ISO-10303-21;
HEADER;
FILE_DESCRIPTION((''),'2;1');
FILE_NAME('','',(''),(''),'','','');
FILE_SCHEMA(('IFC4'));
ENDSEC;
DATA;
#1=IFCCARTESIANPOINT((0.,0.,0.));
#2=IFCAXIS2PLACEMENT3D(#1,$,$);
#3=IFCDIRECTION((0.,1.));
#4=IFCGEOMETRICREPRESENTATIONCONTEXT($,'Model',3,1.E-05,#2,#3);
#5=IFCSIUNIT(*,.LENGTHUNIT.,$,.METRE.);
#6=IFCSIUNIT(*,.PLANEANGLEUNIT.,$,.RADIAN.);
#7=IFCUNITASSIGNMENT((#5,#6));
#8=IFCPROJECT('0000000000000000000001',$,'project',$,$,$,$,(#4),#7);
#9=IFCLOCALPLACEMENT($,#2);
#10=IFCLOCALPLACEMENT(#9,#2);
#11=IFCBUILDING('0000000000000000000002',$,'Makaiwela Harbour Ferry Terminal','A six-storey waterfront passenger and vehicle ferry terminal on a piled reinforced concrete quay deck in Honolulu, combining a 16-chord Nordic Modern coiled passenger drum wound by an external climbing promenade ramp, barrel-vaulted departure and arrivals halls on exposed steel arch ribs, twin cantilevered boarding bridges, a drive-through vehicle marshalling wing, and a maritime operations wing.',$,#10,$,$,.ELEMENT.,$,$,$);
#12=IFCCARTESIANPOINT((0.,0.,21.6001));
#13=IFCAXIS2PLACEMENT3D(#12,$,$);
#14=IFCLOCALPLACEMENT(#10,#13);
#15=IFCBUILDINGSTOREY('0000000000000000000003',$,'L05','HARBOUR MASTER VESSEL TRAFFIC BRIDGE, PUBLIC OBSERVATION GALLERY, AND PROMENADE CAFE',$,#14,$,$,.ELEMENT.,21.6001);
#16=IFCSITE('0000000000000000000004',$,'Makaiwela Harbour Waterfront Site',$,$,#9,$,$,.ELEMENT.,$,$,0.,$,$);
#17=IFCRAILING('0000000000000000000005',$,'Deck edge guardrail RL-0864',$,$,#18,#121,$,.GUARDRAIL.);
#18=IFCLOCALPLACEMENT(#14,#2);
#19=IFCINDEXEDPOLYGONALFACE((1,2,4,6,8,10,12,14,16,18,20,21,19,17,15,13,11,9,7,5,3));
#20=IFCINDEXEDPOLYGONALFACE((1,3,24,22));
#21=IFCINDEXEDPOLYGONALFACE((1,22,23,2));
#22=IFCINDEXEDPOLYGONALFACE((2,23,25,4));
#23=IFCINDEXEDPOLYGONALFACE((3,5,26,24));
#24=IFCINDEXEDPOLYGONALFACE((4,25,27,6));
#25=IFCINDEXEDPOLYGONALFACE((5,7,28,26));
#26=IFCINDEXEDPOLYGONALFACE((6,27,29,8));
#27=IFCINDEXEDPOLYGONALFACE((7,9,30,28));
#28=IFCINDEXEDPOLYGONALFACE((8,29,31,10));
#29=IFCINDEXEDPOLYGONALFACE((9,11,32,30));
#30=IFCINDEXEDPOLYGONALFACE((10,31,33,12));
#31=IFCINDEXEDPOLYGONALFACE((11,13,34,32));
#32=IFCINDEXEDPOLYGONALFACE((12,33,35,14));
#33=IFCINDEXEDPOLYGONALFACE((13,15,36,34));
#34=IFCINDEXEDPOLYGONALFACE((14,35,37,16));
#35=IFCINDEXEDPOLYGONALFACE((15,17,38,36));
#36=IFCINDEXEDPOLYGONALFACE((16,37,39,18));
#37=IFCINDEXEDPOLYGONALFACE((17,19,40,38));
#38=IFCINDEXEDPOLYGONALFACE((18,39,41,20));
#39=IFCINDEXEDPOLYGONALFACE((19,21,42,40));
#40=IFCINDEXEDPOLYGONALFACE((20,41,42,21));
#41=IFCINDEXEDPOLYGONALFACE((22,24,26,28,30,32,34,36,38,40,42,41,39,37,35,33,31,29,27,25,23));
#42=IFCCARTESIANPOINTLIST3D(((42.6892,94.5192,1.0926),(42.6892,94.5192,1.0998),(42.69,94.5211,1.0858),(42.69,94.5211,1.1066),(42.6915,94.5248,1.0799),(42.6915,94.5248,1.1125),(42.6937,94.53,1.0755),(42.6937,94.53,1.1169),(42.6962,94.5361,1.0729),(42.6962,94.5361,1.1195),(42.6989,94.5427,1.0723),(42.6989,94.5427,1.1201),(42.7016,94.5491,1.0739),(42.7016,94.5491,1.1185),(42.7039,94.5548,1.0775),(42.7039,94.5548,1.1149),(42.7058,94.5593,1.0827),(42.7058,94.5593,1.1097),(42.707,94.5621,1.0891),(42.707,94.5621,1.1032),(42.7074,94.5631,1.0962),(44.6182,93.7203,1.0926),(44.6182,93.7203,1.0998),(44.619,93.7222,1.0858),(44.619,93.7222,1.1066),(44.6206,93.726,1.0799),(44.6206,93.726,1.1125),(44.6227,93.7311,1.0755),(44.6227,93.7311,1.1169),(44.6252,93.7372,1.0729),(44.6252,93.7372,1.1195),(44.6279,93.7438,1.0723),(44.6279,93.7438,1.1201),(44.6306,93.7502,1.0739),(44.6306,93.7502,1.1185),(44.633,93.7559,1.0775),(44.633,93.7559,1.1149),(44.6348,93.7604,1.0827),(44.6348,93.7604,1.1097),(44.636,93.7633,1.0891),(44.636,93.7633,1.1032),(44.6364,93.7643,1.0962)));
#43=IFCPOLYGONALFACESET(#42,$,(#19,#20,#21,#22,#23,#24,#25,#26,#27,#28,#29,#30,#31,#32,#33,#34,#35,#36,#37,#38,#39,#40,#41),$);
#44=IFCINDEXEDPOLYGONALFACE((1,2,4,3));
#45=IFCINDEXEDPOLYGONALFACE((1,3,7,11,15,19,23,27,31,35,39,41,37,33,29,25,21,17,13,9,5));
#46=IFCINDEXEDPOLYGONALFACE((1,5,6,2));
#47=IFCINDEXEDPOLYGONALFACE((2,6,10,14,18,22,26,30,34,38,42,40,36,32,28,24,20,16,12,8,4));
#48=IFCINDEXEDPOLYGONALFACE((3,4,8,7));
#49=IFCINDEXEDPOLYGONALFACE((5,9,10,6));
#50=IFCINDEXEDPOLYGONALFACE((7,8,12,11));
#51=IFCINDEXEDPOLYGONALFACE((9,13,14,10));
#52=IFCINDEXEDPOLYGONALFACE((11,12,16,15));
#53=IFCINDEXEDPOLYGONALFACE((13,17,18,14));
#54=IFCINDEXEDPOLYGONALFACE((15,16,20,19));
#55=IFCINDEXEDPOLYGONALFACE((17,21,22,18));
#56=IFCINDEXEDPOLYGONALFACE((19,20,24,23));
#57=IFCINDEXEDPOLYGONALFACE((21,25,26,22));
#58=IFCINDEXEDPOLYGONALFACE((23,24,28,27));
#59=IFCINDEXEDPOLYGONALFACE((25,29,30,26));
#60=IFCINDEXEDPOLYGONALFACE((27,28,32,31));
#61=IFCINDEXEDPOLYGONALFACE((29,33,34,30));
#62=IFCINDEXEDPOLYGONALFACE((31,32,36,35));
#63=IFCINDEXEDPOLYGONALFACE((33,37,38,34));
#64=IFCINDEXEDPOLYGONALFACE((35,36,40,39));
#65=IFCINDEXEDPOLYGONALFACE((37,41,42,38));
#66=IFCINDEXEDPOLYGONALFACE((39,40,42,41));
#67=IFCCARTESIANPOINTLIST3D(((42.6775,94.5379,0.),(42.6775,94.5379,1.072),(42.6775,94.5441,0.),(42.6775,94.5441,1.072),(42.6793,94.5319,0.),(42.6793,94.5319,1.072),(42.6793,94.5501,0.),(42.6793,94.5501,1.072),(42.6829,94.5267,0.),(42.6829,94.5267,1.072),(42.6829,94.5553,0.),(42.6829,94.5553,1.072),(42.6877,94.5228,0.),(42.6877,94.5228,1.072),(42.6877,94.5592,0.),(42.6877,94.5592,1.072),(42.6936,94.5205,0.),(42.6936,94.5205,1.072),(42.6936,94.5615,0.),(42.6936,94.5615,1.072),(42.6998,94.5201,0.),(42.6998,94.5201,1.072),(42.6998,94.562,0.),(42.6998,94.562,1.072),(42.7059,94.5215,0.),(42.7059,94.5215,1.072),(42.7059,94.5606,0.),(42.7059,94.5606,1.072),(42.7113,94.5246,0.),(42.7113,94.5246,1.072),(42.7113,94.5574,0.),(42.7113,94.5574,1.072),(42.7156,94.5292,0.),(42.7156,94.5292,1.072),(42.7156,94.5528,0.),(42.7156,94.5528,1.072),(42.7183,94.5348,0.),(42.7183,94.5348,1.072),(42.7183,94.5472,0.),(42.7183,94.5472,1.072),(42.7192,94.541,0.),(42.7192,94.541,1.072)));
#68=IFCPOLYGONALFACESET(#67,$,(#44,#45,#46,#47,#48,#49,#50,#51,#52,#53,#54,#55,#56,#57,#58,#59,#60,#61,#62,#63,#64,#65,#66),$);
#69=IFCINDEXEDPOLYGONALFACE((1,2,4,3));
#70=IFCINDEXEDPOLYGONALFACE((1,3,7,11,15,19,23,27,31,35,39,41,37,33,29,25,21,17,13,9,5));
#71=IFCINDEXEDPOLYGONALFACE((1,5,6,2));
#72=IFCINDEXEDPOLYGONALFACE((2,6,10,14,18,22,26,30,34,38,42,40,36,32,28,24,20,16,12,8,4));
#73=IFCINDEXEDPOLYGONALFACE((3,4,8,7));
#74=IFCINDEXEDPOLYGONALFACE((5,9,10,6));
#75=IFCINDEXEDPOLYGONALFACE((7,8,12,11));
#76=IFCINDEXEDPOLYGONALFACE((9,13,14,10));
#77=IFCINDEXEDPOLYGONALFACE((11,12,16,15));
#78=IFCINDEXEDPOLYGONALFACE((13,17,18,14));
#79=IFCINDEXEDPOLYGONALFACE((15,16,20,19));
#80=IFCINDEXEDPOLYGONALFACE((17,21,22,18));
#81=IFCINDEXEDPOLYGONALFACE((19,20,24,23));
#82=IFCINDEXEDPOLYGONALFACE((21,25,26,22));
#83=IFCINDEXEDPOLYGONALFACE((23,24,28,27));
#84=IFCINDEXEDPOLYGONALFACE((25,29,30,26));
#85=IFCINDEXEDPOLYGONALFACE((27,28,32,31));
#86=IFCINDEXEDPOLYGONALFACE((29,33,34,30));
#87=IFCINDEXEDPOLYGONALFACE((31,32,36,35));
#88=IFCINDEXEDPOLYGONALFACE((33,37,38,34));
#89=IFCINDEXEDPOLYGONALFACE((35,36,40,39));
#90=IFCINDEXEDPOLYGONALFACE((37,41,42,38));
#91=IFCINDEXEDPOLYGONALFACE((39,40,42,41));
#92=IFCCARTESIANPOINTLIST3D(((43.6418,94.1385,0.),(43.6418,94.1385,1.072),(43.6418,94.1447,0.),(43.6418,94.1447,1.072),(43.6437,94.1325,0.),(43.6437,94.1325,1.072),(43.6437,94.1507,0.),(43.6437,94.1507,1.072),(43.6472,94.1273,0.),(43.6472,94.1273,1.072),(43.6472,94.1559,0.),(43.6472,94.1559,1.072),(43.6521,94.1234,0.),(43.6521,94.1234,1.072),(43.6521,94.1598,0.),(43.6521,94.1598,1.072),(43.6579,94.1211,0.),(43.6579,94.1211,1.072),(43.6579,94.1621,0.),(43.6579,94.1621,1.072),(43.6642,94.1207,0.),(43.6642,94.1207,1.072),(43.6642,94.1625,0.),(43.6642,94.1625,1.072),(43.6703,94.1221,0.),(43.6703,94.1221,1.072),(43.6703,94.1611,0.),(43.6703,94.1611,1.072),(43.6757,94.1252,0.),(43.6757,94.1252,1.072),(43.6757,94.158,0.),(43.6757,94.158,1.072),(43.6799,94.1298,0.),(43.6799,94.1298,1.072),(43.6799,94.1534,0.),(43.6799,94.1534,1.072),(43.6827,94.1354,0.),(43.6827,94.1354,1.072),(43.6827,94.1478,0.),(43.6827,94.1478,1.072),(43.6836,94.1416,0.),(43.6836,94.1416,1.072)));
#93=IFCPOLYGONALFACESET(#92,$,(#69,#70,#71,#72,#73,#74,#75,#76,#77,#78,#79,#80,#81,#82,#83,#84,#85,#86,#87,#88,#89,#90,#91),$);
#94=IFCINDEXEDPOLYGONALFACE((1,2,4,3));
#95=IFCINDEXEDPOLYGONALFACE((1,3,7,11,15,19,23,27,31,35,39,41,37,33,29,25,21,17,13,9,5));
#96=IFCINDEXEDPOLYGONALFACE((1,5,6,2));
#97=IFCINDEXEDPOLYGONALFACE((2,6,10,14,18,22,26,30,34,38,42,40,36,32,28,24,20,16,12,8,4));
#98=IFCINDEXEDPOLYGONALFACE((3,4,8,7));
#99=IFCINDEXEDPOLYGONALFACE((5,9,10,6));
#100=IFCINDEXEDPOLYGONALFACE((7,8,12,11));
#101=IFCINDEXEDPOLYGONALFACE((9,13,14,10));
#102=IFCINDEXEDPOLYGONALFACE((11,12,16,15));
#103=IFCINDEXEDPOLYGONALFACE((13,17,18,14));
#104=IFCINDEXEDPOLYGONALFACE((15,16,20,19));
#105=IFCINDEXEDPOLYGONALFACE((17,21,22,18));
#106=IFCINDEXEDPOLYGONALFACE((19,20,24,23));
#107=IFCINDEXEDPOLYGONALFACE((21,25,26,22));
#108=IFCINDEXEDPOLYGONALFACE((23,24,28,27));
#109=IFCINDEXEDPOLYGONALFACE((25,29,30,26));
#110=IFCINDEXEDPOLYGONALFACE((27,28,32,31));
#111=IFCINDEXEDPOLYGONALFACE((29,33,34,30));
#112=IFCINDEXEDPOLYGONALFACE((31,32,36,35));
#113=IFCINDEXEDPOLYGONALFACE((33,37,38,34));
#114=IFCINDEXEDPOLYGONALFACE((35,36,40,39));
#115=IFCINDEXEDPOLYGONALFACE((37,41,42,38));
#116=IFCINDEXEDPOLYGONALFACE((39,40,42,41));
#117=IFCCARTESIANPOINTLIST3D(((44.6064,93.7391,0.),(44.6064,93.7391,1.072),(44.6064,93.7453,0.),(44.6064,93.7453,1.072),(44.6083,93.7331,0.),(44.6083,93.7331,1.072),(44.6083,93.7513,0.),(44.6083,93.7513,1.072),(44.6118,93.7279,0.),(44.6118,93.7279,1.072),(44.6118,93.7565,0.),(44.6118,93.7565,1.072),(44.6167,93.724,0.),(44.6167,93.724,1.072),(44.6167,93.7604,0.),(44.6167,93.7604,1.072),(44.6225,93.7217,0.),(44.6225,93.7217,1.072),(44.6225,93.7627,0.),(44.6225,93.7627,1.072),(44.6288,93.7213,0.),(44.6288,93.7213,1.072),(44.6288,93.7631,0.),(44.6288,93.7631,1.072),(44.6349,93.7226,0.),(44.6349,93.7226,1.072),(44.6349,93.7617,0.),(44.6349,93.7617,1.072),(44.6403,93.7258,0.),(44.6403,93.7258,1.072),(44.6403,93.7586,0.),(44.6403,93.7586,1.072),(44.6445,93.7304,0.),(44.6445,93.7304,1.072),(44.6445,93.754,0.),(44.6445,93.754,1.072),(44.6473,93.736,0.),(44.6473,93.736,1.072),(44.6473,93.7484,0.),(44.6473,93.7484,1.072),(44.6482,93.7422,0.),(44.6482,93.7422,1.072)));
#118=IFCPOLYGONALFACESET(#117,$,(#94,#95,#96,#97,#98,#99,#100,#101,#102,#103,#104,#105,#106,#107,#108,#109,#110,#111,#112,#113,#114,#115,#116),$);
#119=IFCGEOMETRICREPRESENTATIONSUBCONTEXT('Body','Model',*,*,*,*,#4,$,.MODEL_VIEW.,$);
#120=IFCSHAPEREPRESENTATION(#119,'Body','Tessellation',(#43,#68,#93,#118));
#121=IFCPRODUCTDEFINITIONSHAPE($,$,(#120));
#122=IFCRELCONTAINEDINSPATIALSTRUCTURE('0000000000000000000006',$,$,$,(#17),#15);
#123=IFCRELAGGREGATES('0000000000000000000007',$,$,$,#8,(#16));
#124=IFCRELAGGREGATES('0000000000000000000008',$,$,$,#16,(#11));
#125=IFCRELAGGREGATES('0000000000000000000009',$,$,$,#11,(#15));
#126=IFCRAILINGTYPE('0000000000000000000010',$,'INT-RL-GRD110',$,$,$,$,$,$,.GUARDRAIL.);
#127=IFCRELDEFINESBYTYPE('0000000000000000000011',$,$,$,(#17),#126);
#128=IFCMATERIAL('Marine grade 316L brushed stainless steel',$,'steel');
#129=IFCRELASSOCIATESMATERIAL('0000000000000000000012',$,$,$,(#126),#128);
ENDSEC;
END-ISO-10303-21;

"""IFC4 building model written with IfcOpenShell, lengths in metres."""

from ifc_helpers import new_model, si_unit, direction, frame, origin, origin_2d, place, context, subcontext, project, spatial, circle, extrude, material, type_object, element, save


model = new_model("IFC4")

# Units and contexts
model_context = context("Model", 3, precision=1e-05, world=origin(), true_north=direction((0.0, 1.0)))
body_context = subcontext(model_context, "Body", "Model", "MODEL_VIEW")
ifc_project = project(units=[si_unit("LENGTHUNIT", "METRE"), si_unit("PLANEANGLEUNIT", "RADIAN")], contexts=[model_context])

# Site, building, storey
site_placement = place(None, origin())
site = spatial("IfcSite", under=ifc_project, at=site_placement, Name="Makaiwela Harbour Waterfront Site", CompositionType="ELEMENT", RefElevation=0.0)
building_placement = place(site_placement, origin())
building = spatial("IfcBuilding", under=site, at=building_placement, Name="Makaiwela Harbour Ferry Terminal", Description="A six-storey waterfront passenger and vehicle ferry terminal on a piled reinforced concrete quay deck in Honolulu, combining a 16-chord Nordic Modern coiled passenger drum wound by an external climbing promenade ramp, barrel-vaulted departure and arrivals halls on exposed steel arch ribs, twin cantilevered boarding bridges, a drive-through vehicle marshalling wing, and a maritime operations wing.", CompositionType="ELEMENT")
storey_placement = place(building_placement, frame((0.0, 0.0, 21.6001)))
storey = spatial("IfcBuildingStorey", under=building, at=storey_placement, Name="L05", Description="HARBOUR MASTER VESSEL TRAFFIC BRIDGE, PUBLIC OBSERVATION GALLERY, AND PROMENADE CAFE", CompositionType="ELEMENT", Elevation=21.6001)

# Railing
ifc_material_1 = material(Name="Marine grade 316L brushed stainless steel", Category="steel")
railing_type = type_object("IfcRailingType", Name="INT-RL-GRD110", PredefinedType="GUARDRAIL", material=ifc_material_1)
railing_1_placement = place(storey_placement, frame((42.6982, 94.541, 0.0)))
element("IfcRailing", 1, at=railing_1_placement, inside=storey, type_object=railing_type, Name="Deck edge guardrail RL-0864", PredefinedType="GUARDRAIL", context=body_context, shape_type="SweptSolid", body=[
    extrude(circle(Radius=0.0239, at=origin_2d()), frame((0.0, 0.0, 1.0962), z_axis=(0.923909, -0.382613, 0.0), x_axis=(0.382613, 0.923909, 0.0)), (0.0, 0.0, 1.0), 2.0879),
    extrude(circle(Radius=0.021, at=origin_2d()), origin(), (0.0, 0.0, 1.0), 1.072),
    extrude(circle(Radius=0.021, at=origin_2d()), frame((0.9644, -0.3994, 0.0)), (0.0, 0.0, 1.0), 1.072),
    extrude(circle(Radius=0.021, at=origin_2d()), frame((1.929, -0.7988, 0.0)), (0.0, 0.0, 1.0), 1.072),
])

save(model, "model.ifc")
